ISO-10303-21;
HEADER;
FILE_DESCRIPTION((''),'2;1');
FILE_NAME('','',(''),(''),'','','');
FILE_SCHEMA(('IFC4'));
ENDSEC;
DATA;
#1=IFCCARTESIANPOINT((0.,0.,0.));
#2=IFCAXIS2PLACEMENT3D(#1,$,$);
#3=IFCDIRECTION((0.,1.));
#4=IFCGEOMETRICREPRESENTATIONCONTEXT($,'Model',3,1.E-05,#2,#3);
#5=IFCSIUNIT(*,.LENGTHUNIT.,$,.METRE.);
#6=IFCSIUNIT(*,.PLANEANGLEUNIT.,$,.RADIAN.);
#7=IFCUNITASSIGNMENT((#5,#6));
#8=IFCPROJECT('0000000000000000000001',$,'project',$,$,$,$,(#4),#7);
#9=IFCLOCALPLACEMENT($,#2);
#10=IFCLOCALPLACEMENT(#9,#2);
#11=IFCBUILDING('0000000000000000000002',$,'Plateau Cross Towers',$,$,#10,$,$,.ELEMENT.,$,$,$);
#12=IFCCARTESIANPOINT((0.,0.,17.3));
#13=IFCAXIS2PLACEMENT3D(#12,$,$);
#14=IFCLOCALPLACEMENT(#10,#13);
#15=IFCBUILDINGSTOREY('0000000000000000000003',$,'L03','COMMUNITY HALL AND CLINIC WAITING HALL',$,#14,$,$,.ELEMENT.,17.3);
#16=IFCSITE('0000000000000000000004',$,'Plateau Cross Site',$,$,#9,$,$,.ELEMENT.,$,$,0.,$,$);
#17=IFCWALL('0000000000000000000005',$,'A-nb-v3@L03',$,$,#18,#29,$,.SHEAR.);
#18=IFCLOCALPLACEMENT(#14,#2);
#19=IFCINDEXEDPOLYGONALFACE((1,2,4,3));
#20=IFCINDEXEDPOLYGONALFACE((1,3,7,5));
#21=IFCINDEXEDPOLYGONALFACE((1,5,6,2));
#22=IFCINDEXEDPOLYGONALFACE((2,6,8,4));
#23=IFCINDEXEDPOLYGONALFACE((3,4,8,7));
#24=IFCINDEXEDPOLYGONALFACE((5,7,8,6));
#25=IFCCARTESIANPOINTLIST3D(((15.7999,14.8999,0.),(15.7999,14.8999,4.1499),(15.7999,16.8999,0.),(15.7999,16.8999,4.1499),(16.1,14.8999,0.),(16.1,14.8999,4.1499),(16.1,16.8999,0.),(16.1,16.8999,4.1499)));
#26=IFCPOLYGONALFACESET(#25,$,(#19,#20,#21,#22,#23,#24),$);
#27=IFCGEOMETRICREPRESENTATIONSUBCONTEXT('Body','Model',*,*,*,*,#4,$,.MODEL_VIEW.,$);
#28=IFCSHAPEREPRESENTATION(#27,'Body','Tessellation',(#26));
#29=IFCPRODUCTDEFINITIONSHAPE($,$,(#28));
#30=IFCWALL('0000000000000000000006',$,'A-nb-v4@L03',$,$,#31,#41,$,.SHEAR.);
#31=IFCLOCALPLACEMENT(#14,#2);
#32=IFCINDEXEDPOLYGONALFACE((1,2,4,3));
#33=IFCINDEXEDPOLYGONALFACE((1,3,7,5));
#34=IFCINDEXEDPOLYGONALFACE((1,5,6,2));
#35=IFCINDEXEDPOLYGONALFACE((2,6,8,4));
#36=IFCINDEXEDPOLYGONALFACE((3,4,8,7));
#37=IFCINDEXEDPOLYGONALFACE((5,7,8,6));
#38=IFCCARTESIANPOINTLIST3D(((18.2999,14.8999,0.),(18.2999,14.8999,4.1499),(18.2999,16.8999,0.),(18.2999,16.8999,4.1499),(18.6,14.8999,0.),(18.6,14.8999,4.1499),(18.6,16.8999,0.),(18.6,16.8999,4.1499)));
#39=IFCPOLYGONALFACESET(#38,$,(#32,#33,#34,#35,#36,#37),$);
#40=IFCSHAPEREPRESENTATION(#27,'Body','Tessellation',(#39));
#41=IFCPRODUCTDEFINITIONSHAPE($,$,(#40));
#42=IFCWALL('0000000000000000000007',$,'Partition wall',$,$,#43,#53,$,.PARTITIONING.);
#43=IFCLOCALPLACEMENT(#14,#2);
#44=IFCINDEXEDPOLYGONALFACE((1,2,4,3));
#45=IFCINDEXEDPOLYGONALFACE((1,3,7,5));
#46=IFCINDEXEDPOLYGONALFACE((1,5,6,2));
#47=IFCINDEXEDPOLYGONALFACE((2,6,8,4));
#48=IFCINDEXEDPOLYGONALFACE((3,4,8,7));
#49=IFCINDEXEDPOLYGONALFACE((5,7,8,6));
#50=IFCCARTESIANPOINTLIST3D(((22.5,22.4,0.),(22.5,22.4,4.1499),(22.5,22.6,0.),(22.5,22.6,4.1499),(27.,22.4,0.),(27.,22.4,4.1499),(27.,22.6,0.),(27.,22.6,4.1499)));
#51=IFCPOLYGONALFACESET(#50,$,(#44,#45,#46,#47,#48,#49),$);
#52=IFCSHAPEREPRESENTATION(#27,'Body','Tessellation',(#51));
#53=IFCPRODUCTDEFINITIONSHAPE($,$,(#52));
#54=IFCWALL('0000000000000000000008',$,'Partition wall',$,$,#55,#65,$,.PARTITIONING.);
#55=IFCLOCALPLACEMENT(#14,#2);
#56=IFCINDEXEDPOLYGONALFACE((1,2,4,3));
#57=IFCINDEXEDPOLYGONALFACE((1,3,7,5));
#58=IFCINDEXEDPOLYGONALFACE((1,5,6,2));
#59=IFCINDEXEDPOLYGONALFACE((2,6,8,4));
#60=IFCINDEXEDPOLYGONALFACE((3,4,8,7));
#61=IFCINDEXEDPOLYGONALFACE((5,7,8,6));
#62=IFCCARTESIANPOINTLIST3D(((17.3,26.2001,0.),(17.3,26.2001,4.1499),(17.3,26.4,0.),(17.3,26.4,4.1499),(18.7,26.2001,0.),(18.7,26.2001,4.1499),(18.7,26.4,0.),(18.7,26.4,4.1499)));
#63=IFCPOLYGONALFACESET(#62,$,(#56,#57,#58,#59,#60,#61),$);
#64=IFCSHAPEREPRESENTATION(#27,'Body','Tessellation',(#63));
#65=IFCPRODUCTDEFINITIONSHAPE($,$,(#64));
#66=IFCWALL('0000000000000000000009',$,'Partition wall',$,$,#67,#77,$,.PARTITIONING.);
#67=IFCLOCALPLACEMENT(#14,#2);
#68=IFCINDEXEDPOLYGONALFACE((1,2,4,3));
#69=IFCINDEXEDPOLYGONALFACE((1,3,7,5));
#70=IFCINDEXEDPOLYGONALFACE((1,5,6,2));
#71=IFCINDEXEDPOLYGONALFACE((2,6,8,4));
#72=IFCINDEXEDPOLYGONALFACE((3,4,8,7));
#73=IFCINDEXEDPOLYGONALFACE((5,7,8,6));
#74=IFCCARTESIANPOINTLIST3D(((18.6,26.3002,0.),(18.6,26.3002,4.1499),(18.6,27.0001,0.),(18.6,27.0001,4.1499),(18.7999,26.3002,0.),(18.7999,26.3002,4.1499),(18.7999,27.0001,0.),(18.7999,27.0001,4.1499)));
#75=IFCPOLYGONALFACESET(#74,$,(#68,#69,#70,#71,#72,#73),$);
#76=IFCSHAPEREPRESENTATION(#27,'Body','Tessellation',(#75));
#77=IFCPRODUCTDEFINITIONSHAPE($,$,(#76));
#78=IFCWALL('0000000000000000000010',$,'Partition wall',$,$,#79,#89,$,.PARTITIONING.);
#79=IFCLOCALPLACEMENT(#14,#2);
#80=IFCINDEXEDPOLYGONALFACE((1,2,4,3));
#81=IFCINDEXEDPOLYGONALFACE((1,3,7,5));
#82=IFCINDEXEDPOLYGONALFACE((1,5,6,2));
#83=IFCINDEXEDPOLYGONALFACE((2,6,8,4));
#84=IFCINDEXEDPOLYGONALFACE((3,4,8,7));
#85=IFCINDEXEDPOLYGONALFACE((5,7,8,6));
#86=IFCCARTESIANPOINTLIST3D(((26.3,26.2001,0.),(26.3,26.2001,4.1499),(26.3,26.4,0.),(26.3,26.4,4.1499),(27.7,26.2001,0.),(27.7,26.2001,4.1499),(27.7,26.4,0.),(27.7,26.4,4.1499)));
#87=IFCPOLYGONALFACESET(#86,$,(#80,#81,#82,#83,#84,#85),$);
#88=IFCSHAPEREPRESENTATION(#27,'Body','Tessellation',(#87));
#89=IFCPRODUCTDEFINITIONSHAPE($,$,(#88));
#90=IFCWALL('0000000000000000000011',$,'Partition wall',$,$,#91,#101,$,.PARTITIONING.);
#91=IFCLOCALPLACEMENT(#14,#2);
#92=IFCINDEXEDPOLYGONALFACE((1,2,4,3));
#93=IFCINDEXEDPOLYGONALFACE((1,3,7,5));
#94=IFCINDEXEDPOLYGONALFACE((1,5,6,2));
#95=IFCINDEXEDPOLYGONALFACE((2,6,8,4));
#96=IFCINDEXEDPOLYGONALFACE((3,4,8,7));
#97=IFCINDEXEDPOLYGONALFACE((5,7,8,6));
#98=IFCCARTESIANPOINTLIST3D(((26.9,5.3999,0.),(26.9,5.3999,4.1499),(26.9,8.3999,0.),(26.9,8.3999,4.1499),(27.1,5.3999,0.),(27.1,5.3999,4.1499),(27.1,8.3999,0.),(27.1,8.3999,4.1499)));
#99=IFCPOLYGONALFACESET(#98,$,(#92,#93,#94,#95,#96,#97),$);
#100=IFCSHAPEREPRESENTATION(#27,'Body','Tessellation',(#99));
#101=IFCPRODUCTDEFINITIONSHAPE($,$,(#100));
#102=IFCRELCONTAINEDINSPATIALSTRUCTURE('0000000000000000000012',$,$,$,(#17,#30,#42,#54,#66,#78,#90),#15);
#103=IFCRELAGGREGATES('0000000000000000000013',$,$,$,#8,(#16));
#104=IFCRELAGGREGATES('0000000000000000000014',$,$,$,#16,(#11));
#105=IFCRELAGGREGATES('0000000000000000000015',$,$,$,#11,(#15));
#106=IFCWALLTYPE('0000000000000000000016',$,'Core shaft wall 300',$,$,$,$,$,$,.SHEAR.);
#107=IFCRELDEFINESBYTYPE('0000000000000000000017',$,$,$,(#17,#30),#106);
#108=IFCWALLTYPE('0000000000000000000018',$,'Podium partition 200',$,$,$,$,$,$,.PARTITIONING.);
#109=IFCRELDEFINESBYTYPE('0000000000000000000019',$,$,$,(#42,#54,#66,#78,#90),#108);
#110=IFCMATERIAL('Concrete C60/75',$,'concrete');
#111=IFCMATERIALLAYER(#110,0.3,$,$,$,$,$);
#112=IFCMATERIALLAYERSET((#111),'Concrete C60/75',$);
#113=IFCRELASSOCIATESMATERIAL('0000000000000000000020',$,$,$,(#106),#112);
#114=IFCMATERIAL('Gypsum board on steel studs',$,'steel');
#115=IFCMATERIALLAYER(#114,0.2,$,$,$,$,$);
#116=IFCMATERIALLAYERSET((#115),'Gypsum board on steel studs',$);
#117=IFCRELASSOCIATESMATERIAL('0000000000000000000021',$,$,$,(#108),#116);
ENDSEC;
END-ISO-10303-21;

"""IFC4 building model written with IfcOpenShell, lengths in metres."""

from ifc_helpers import new_model, si_unit, direction, frame, frame_2d, origin, place, context, subcontext, project, spatial, rectangle, extrude, material, layer, layer_set, type_object, element, save


model = new_model("IFC4")

# Units and contexts
model_context = context("Model", 3, precision=1e-05, world=origin(), true_north=direction((0.0, 1.0)))
body_context = subcontext(model_context, "Body", "Model", "MODEL_VIEW")
ifc_project = project(units=[si_unit("LENGTHUNIT", "METRE"), si_unit("PLANEANGLEUNIT", "RADIAN")], contexts=[model_context])

# Site, building, storey
site_placement = place(None, origin())
site = spatial("IfcSite", under=ifc_project, at=site_placement, Name="Plateau Cross Site", CompositionType="ELEMENT", RefElevation=0.0)
building_placement = place(site_placement, origin())
building = spatial("IfcBuilding", under=site, at=building_placement, Name="Plateau Cross Towers", CompositionType="ELEMENT")
storey_placement = place(building_placement, frame((0.0, 0.0, 17.3)))
storey = spatial("IfcBuildingStorey", under=building, at=storey_placement, Name="L03", Description="COMMUNITY HALL AND CLINIC WAITING HALL", CompositionType="ELEMENT", Elevation=17.3)

# Shared definitions
ifc_material_1 = material(Name="Concrete C60/75", Category="concrete")

# Walls
ifc_layer_1 = layer(ifc_material_1, 0.3)
ifc_layer_set_1 = layer_set([ifc_layer_1], Name="Concrete C60/75")
wall_type_1 = type_object("IfcWallType", Name="Core shaft wall 300", PredefinedType="SHEAR", material=ifc_layer_set_1)
for number, where, z_axis, x_axis, name in (
    (1, (15.95, 14.8999, 0.0), (0.0, 0.0, 1.0), (0.0, 1.0, 0.0), "A-nb-v3@L03"),
    (2, (18.45, 14.8999, 0.0), (0.0, 0.0, 1.0), (0.0, 1.0, 0.0), "A-nb-v4@L03"),
):
    element("IfcWall", number, at=place(storey_placement, frame(where, z_axis=z_axis, x_axis=x_axis)), inside=storey, type_object=wall_type_1, Name=name, PredefinedType="SHEAR", context=body_context, shape_type="SweptSolid", body=[
        extrude(rectangle(XDim=2.0, YDim=0.3, at=frame_2d((1.0, 0.0))), origin(), (0.0, 0.0, 1.0), 4.1499),
    ])
ifc_material_2 = material(Name="Gypsum board on steel studs", Category="steel")
ifc_layer_2 = layer(ifc_material_2, 0.2)
ifc_layer_set_2 = layer_set([ifc_layer_2], Name="Gypsum board on steel studs")
wall_type_2 = type_object("IfcWallType", Name="Podium partition 200", PredefinedType="PARTITIONING", material=ifc_layer_set_2)
wall_1_placement = place(storey_placement, frame((22.5, 22.5, 0.0), z_axis=(0.0, 0.0, 1.0), x_axis=(1.0, 0.0, 0.0)))
element("IfcWall", 3, at=wall_1_placement, inside=storey, type_object=wall_type_2, Name="Partition wall", PredefinedType="PARTITIONING", context=body_context, shape_type="SweptSolid", body=[
    extrude(rectangle(XDim=4.5, YDim=0.2, at=frame_2d((2.25, 0.0))), origin(), (0.0, 0.0, 1.0), 4.1499),
])
wall_2_placement = place(storey_placement, frame((17.3, 26.3, 0.0), z_axis=(0.0, 0.0, 1.0), x_axis=(1.0, 0.0, 0.0)))
element("IfcWall", 4, at=wall_2_placement, inside=storey, type_object=wall_type_2, Name="Partition wall", PredefinedType="PARTITIONING", context=body_context, shape_type="SweptSolid", body=[
    extrude(rectangle(XDim=1.3999, YDim=0.2, at=frame_2d((0.7, 0.0))), origin(), (0.0, 0.0, 1.0), 4.1499),
])
wall_3_placement = place(storey_placement, frame((18.7, 26.3, 0.0), z_axis=(0.0, 0.0, 1.0), x_axis=(0.0, 1.0, 0.0)))
element("IfcWall", 5, at=wall_3_placement, inside=storey, type_object=wall_type_2, Name="Partition wall", PredefinedType="PARTITIONING", context=body_context, shape_type="SweptSolid", body=[
    extrude(rectangle(XDim=0.7, YDim=0.2, at=frame_2d((0.3501, 0.0))), origin(), (0.0, 0.0, 1.0), 4.1499),
])
wall_4_placement = place(storey_placement, frame((26.3, 26.3, 0.0), z_axis=(0.0, 0.0, 1.0), x_axis=(1.0, 0.0, 0.0)))
element("IfcWall", 6, at=wall_4_placement, inside=storey, type_object=wall_type_2, Name="Partition wall", PredefinedType="PARTITIONING", context=body_context, shape_type="SweptSolid", body=[
    extrude(rectangle(XDim=1.3999, YDim=0.2, at=frame_2d((0.7, 0.0))), origin(), (0.0, 0.0, 1.0), 4.1499),
])
wall_5_placement = place(storey_placement, frame((27.0, 8.3999, 0.0), z_axis=(0.0, 0.0, 1.0), x_axis=(0.0, -1.0, 0.0)))
element("IfcWall", 7, at=wall_5_placement, inside=storey, type_object=wall_type_2, Name="Partition wall", PredefinedType="PARTITIONING", context=body_context, shape_type="SweptSolid", body=[
    extrude(rectangle(XDim=3.0, YDim=0.2, at=frame_2d((1.5, 0.0))), origin(), (0.0, 0.0, 1.0), 4.1499),
])

save(model, "model.ifc")
